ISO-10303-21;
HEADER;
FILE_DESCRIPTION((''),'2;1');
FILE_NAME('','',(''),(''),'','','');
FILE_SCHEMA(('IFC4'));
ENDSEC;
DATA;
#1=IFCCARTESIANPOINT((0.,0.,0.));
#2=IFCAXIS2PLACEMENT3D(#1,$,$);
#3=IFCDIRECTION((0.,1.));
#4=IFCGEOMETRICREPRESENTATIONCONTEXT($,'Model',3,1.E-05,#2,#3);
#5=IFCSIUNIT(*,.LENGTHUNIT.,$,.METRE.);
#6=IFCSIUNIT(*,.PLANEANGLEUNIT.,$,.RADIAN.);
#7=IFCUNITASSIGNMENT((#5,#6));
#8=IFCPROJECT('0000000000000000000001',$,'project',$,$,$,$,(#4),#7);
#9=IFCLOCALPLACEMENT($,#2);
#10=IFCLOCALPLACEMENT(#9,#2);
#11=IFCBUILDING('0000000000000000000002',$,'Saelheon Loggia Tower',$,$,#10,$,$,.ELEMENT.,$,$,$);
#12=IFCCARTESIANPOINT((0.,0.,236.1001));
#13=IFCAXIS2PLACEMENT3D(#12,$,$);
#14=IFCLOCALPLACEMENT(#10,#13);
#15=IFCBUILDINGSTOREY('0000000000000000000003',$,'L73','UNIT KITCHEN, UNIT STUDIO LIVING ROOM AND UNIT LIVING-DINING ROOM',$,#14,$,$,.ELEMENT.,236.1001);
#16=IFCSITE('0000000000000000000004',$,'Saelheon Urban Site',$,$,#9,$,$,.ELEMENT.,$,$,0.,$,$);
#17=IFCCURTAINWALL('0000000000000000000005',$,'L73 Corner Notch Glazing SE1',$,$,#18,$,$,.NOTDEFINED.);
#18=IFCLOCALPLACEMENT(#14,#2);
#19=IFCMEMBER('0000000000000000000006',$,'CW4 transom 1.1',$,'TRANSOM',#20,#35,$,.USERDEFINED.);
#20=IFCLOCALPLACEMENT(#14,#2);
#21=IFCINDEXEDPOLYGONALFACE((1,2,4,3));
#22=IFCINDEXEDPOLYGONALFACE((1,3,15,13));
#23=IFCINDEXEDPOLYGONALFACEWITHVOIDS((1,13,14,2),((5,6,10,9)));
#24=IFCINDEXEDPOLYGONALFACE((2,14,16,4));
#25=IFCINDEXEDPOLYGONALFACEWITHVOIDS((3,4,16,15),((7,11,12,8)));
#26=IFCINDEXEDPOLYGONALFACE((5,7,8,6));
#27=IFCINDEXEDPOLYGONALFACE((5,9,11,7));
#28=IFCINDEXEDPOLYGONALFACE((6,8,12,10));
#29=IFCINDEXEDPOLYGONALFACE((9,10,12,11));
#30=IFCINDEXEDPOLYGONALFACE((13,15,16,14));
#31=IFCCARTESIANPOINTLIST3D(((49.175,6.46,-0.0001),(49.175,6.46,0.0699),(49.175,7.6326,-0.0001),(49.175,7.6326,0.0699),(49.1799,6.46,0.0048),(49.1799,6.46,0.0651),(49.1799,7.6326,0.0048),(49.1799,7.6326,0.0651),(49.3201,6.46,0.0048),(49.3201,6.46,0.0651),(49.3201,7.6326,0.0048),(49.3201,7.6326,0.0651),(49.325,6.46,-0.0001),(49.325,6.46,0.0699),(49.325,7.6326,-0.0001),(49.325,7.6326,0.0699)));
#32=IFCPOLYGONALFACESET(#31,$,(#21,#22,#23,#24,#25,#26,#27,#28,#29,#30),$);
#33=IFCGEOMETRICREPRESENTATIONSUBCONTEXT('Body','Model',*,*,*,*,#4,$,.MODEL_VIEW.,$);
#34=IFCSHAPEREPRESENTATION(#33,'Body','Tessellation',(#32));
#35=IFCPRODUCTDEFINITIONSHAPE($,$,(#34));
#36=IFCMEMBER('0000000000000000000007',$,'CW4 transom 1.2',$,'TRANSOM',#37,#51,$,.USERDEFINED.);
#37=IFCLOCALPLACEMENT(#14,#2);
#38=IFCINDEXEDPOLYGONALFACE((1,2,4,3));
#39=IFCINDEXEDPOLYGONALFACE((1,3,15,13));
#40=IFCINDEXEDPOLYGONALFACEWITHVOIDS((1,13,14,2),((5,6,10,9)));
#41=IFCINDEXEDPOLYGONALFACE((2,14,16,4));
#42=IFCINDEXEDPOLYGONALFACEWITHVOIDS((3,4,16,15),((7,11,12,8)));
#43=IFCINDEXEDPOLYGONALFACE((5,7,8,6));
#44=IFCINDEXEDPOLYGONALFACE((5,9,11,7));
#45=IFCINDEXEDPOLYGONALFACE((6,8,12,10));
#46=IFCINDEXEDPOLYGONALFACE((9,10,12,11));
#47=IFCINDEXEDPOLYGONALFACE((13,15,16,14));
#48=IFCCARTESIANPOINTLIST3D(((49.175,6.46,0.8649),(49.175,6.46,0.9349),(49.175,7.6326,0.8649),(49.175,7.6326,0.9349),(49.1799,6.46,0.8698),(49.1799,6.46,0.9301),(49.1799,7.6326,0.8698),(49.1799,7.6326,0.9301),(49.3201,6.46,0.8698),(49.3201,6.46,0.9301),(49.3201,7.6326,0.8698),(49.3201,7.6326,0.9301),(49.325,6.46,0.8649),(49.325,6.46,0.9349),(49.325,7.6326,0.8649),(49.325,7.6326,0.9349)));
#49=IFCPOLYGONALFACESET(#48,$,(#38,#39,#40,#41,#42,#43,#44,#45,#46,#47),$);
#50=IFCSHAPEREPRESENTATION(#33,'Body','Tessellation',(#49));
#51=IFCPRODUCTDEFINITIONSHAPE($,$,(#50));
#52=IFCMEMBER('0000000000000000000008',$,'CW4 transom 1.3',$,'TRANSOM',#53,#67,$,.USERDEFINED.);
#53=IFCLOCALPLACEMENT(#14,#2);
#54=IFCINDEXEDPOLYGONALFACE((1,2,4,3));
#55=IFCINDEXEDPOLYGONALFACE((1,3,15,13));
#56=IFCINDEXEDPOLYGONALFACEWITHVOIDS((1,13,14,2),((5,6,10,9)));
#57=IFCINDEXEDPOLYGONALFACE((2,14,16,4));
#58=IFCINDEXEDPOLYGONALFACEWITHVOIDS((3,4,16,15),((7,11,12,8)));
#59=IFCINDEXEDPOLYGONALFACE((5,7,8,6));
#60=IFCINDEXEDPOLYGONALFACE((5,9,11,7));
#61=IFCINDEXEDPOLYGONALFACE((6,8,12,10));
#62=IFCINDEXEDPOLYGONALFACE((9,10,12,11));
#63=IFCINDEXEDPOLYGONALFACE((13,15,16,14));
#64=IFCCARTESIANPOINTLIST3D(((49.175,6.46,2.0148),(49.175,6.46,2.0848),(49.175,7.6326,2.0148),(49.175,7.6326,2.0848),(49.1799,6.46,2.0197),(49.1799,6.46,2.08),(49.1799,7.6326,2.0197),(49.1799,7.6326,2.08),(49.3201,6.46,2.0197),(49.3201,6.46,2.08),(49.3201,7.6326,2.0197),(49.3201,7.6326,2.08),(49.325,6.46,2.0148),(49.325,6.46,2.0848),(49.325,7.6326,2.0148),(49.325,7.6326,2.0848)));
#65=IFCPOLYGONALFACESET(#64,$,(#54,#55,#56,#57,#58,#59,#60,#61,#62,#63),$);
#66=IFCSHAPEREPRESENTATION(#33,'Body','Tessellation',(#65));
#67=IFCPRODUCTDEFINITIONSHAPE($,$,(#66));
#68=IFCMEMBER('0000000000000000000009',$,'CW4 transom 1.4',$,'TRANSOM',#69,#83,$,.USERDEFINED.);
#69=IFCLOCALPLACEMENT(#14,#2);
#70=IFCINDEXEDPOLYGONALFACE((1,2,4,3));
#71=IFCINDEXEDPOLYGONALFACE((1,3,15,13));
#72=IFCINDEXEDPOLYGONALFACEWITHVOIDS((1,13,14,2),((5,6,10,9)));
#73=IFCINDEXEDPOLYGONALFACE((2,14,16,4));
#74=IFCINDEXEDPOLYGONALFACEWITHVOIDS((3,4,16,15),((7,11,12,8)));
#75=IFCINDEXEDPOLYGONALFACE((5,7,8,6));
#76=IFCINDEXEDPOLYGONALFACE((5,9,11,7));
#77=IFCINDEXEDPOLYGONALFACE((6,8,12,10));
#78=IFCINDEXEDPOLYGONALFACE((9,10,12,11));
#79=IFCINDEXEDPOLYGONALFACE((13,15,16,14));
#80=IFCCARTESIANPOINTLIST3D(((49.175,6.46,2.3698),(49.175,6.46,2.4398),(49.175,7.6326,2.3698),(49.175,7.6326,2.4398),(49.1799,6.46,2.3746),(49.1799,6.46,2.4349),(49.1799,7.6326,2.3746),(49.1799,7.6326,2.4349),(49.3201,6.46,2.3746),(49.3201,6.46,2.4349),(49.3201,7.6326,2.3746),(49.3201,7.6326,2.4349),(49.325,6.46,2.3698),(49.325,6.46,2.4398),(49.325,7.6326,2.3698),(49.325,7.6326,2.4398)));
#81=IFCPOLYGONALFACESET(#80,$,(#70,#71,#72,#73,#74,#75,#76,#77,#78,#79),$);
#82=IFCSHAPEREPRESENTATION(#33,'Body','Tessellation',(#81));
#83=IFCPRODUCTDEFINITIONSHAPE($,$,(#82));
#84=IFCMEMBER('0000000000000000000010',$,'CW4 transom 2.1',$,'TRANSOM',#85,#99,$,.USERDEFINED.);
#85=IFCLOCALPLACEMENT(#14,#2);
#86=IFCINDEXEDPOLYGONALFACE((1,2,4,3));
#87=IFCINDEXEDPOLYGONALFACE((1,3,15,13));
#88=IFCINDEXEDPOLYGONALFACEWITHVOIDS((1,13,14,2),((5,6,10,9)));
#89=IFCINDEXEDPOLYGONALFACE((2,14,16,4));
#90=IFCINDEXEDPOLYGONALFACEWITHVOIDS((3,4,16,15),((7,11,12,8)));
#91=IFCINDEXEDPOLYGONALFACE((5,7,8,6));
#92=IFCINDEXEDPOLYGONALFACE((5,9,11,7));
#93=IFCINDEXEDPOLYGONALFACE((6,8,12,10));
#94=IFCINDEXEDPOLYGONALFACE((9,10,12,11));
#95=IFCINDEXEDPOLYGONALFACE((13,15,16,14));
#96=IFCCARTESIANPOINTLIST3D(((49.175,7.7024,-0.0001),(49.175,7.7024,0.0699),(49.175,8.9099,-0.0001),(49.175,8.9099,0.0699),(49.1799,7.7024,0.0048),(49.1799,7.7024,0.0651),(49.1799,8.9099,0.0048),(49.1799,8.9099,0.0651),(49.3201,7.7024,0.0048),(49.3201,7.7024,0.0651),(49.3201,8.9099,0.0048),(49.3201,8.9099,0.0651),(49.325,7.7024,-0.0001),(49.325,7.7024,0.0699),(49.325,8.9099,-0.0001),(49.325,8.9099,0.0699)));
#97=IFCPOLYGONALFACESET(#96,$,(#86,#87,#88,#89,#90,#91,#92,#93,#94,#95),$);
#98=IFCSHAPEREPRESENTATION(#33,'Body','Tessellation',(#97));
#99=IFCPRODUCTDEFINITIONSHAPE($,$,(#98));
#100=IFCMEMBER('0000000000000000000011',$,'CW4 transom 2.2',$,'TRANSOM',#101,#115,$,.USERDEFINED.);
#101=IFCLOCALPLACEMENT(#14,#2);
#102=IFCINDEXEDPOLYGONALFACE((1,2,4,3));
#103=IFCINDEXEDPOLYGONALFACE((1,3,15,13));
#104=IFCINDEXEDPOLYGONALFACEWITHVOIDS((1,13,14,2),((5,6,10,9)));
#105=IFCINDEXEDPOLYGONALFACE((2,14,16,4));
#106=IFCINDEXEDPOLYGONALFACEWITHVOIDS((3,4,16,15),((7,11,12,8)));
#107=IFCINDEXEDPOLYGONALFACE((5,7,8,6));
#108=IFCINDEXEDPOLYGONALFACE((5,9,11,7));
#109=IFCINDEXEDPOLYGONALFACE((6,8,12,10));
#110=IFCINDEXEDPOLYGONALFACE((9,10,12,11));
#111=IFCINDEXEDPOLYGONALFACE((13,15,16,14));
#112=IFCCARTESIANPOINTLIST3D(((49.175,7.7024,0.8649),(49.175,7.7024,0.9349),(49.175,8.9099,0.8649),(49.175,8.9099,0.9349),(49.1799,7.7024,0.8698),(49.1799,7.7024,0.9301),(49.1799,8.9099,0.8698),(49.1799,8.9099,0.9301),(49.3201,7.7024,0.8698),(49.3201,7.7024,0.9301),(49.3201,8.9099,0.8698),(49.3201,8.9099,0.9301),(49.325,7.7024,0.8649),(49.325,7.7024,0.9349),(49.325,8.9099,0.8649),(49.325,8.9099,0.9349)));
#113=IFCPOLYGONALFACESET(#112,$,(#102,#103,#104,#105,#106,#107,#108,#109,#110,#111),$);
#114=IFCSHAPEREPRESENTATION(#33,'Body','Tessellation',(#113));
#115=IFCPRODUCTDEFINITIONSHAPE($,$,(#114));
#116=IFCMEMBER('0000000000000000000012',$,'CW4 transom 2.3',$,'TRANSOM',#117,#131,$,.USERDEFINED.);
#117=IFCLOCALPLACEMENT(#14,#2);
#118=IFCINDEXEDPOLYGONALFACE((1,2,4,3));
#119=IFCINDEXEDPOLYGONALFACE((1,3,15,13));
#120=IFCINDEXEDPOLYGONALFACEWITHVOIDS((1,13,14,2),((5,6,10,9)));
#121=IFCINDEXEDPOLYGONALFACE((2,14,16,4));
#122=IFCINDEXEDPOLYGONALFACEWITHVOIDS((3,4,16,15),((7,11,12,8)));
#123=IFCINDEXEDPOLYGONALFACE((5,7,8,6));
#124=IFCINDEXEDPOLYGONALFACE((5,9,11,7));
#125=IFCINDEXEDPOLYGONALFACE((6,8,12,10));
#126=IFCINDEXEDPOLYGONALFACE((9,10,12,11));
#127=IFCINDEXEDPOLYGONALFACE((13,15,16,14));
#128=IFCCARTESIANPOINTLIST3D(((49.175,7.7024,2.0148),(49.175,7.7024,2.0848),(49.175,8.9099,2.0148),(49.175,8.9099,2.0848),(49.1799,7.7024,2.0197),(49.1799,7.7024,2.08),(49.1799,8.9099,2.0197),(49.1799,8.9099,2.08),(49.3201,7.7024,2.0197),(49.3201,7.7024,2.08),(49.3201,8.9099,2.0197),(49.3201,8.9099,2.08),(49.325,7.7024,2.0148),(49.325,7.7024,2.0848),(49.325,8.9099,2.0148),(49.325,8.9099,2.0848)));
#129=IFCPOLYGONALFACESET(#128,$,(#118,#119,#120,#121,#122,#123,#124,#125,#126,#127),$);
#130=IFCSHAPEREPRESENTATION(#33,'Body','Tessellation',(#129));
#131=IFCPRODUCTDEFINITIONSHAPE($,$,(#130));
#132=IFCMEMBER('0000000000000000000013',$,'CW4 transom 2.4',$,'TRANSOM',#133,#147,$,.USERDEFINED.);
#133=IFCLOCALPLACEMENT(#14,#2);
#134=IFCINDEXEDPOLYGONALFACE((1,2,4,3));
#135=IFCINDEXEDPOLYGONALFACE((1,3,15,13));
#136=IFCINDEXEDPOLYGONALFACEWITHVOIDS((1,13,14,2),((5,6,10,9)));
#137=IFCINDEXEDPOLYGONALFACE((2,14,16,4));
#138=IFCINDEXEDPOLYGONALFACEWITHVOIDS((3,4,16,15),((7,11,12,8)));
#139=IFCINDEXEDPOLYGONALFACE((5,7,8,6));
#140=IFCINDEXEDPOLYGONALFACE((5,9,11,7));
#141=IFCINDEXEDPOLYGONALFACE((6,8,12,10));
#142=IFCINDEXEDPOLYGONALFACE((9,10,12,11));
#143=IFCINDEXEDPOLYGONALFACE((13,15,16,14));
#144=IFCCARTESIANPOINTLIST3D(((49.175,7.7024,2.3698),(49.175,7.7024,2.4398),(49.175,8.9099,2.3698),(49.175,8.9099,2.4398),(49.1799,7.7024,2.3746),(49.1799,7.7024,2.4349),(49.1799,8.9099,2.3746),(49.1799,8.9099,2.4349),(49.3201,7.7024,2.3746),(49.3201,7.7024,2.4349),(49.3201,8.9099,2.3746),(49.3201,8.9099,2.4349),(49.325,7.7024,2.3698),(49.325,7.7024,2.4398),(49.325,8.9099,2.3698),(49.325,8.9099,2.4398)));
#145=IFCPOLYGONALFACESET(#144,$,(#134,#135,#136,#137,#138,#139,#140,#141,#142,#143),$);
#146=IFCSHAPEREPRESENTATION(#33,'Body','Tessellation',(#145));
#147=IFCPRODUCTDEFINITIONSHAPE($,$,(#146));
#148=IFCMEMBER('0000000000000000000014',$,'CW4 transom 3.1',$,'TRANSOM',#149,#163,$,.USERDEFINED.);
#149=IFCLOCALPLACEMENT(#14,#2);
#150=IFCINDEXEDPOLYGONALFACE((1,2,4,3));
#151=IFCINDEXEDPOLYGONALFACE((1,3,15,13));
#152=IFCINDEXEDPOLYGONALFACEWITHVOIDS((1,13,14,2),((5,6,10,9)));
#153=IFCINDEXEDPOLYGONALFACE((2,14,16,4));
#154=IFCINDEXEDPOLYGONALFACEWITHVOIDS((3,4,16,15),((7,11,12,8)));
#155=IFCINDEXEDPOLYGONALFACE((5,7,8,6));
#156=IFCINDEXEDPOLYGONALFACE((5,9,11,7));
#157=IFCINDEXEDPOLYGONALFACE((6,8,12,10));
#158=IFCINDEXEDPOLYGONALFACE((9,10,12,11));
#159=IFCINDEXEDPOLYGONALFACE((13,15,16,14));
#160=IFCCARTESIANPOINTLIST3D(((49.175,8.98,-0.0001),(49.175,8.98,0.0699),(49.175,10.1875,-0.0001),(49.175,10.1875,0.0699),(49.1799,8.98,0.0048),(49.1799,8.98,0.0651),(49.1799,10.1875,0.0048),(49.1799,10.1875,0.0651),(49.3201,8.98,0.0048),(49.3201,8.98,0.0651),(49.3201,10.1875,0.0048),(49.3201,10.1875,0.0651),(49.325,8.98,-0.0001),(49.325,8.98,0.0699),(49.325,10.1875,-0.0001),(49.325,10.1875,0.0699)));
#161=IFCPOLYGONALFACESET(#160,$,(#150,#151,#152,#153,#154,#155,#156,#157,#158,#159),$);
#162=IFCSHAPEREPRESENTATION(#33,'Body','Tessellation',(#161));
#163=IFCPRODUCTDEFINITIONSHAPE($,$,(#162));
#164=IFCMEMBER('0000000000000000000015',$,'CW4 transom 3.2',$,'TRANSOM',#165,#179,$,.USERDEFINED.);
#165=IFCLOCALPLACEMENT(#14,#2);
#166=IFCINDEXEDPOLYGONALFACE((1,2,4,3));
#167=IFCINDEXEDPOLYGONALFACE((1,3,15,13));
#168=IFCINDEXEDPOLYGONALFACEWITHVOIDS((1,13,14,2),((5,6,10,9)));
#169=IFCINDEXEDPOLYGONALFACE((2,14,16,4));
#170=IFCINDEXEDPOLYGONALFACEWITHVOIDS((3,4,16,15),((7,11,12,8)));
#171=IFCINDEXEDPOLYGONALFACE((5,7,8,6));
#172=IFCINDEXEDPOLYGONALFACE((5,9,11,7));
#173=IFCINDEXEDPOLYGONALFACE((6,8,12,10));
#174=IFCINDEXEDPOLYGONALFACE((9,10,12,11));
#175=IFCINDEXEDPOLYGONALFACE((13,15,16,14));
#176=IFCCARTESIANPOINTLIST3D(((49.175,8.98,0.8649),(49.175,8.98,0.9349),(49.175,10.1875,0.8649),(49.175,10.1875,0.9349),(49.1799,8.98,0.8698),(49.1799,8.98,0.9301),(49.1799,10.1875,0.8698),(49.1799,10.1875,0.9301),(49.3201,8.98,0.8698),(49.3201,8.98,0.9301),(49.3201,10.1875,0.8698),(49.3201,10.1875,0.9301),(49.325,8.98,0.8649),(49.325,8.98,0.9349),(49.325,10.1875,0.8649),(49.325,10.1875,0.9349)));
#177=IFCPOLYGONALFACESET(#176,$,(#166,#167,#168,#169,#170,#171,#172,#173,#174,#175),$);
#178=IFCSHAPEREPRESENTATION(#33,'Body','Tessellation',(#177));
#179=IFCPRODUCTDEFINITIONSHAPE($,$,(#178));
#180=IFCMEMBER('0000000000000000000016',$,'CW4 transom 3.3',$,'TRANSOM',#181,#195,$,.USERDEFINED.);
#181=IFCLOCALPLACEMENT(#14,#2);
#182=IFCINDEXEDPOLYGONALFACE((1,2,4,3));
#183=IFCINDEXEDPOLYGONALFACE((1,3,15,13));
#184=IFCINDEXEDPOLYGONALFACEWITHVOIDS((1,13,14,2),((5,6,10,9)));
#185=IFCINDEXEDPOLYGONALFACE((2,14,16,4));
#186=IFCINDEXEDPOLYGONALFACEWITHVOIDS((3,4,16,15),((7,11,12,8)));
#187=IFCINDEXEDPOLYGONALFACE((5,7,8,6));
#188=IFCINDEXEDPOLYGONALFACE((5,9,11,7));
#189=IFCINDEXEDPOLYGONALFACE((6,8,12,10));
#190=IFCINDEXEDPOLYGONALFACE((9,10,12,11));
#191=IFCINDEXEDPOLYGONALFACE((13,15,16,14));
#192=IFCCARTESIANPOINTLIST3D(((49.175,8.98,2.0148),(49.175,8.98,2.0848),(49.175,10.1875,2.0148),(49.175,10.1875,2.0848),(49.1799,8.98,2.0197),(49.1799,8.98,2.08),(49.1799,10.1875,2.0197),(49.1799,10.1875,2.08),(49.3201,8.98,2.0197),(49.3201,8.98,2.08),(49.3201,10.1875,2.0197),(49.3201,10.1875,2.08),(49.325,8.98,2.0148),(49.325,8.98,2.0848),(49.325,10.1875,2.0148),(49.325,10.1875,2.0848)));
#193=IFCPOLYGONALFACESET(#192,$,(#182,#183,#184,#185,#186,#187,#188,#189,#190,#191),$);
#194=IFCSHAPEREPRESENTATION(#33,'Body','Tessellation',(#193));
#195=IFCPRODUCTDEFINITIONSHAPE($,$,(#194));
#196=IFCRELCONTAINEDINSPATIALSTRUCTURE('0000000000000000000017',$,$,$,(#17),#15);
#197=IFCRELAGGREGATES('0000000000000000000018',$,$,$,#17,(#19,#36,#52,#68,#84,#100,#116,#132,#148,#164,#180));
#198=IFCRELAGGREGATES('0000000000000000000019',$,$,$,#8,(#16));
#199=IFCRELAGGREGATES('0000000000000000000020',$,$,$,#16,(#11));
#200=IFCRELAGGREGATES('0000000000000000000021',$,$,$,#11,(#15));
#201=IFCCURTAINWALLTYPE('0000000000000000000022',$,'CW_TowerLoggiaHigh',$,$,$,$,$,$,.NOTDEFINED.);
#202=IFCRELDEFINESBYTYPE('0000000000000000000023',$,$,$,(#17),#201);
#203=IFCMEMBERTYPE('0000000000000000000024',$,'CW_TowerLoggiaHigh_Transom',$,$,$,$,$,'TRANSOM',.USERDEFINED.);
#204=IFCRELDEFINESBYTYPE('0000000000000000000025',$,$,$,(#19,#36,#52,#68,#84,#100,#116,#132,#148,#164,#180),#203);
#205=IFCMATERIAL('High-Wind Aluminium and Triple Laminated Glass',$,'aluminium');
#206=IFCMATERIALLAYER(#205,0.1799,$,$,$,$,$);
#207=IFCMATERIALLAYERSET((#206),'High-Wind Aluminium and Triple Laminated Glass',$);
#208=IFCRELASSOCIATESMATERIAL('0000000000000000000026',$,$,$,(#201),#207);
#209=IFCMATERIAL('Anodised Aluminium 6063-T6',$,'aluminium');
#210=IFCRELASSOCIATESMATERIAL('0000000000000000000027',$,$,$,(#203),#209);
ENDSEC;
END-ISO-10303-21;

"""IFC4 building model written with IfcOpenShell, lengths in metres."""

from ifc_helpers import new_model, si_unit, direction, frame, origin, origin_2d, place, context, subcontext, project, spatial, hollow_rectangle, extrude, source, transform, mapped, material, layer, layer_set, material_profile, profile_set, type_object, element, aggregate, save


model = new_model("IFC4")

# Units and contexts
model_context = context("Model", 3, precision=1e-05, world=origin(), true_north=direction((0.0, 1.0)))
body_context = subcontext(model_context, "Body", "Model", "MODEL_VIEW")
ifc_project = project(units=[si_unit("LENGTHUNIT", "METRE"), si_unit("PLANEANGLEUNIT", "RADIAN")], contexts=[model_context])

# Site, building, storey
site_placement = place(None, origin())
site = spatial("IfcSite", under=ifc_project, at=site_placement, Name="Saelheon Urban Site", CompositionType="ELEMENT", RefElevation=0.0)
building_placement = place(site_placement, origin())
building = spatial("IfcBuilding", under=site, at=building_placement, Name="Saelheon Loggia Tower", CompositionType="ELEMENT")
storey_placement = place(building_placement, frame((0.0, 0.0, 236.1001)))
storey = spatial("IfcBuildingStorey", under=building, at=storey_placement, Name="L73", Description="UNIT KITCHEN, UNIT STUDIO LIVING ROOM AND UNIT LIVING-DINING ROOM", CompositionType="ELEMENT", Elevation=236.1001)

# Curtain wall, members
ifc_material_1 = material(Name="High-Wind Aluminium and Triple Laminated Glass", Category="aluminium")
ifc_layer_1 = layer(ifc_material_1, 0.1799)
ifc_layer_set_1 = layer_set([ifc_layer_1], Name="High-Wind Aluminium and Triple Laminated Glass")
curtain_wall_type = type_object("IfcCurtainWallType", Name="CW_TowerLoggiaHigh", PredefinedType="NOTDEFINED", material=ifc_layer_set_1)
curtain_wall_placement = place(storey_placement, origin())
curtain_wall = element("IfcCurtainWall", 1, at=curtain_wall_placement, inside=storey, type_object=curtain_wall_type, Name="L73 Corner Notch Glazing SE1", PredefinedType="NOTDEFINED")
ifc_material_2 = material(Name="Anodised Aluminium 6063-T6", Category="aluminium")
ifc_material_profile_1 = material_profile(ifc_material_2, hollow_rectangle(XDim=0.0701, YDim=0.1499, WallThickness=0.0049, at=origin_2d()), Name="RHS-150x70x5")
ifc_profile_set_1 = profile_set([ifc_material_profile_1], Name="Anodised Aluminium 6063-T6")
member_type_1 = type_object("IfcMemberType", Name="CW_TowerLoggiaHigh_Transom", ElementType="TRANSOM", PredefinedType="USERDEFINED", material=ifc_profile_set_1)
shared_shape_1 = source(origin(), body_context, "Body", "SweptSolid", [
    extrude(hollow_rectangle(XDim=0.0701, YDim=0.1499, WallThickness=0.0049, at=origin_2d()), origin(), (0.0, 0.0, 1.0), 1.1726),
])
member_1_placement = place(storey_placement, frame((49.25, 6.46, 0.0349), z_axis=(0.0, 1.0, 0.0), x_axis=(0.0, 0.0, 1.0)))
member_1 = element("IfcMember", 2, at=member_1_placement, type_object=member_type_1, Name="CW4 transom 1.1", ObjectType="TRANSOM", PredefinedType="USERDEFINED", context=body_context, shape_type="MappedRepresentation", body=[
    mapped(shared_shape_1, transform((0.0, 0.0, 0.0), scale=1.0)),
])
member_2_placement = place(storey_placement, frame((49.25, 6.46, 0.8999), z_axis=(0.0, 1.0, 0.0), x_axis=(0.0, 0.0, 1.0)))
member_2 = element("IfcMember", 3, at=member_2_placement, type_object=member_type_1, Name="CW4 transom 1.2", ObjectType="TRANSOM", PredefinedType="USERDEFINED", context=body_context, shape_type="MappedRepresentation", body=[
    mapped(shared_shape_1, transform((0.0, 0.0, 0.0), scale=1.0)),
])
member_3_placement = place(storey_placement, frame((49.25, 6.46, 2.0498), z_axis=(0.0, 1.0, 0.0), x_axis=(0.0, 0.0, 1.0)))
member_3 = element("IfcMember", 4, at=member_3_placement, type_object=member_type_1, Name="CW4 transom 1.3", ObjectType="TRANSOM", PredefinedType="USERDEFINED", context=body_context, shape_type="MappedRepresentation", body=[
    mapped(shared_shape_1, transform((0.0, 0.0, 0.0), scale=1.0)),
])
member_4_placement = place(storey_placement, frame((49.25, 6.46, 2.4048), z_axis=(0.0, 1.0, 0.0), x_axis=(0.0, 0.0, 1.0)))
member_4 = element("IfcMember", 5, at=member_4_placement, type_object=member_type_1, Name="CW4 transom 1.4", ObjectType="TRANSOM", PredefinedType="USERDEFINED", context=body_context, shape_type="MappedRepresentation", body=[
    mapped(shared_shape_1, transform((0.0, 0.0, 0.0), scale=1.0)),
])
shared_shape_2 = source(origin(), body_context, "Body", "SweptSolid", [
    extrude(hollow_rectangle(XDim=0.0701, YDim=0.1499, WallThickness=0.0049, at=origin_2d()), origin(), (0.0, 0.0, 1.0), 1.2075),
])
member_5_placement = place(storey_placement, frame((49.25, 7.7024, 0.0349), z_axis=(0.0, 1.0, 0.0), x_axis=(0.0, 0.0, 1.0)))
member_5 = element("IfcMember", 6, at=member_5_placement, type_object=member_type_1, Name="CW4 transom 2.1", ObjectType="TRANSOM", PredefinedType="USERDEFINED", context=body_context, shape_type="MappedRepresentation", body=[
    mapped(shared_shape_2, transform((0.0, 0.0, 0.0), scale=1.0)),
])
member_6_placement = place(storey_placement, frame((49.25, 7.7024, 0.8999), z_axis=(0.0, 1.0, 0.0), x_axis=(0.0, 0.0, 1.0)))
member_6 = element("IfcMember", 7, at=member_6_placement, type_object=member_type_1, Name="CW4 transom 2.2", ObjectType="TRANSOM", PredefinedType="USERDEFINED", context=body_context, shape_type="MappedRepresentation", body=[
    mapped(shared_shape_2, transform((0.0, 0.0, 0.0), scale=1.0)),
])
member_7_placement = place(storey_placement, frame((49.25, 7.7024, 2.0498), z_axis=(0.0, 1.0, 0.0), x_axis=(0.0, 0.0, 1.0)))
member_7 = element("IfcMember", 8, at=member_7_placement, type_object=member_type_1, Name="CW4 transom 2.3", ObjectType="TRANSOM", PredefinedType="USERDEFINED", context=body_context, shape_type="MappedRepresentation", body=[
    mapped(shared_shape_2, transform((0.0, 0.0, 0.0), scale=1.0)),
])
member_8_placement = place(storey_placement, frame((49.25, 7.7024, 2.4048), z_axis=(0.0, 1.0, 0.0), x_axis=(0.0, 0.0, 1.0)))
member_8 = element("IfcMember", 9, at=member_8_placement, type_object=member_type_1, Name="CW4 transom 2.4", ObjectType="TRANSOM", PredefinedType="USERDEFINED", context=body_context, shape_type="MappedRepresentation", body=[
    mapped(shared_shape_2, transform((0.0, 0.0, 0.0), scale=1.0)),
])
member_9_placement = place(storey_placement, frame((49.25, 8.98, 0.0349), z_axis=(0.0, 1.0, 0.0), x_axis=(0.0, 0.0, 1.0)))
member_9 = element("IfcMember", 10, at=member_9_placement, type_object=member_type_1, Name="CW4 transom 3.1", ObjectType="TRANSOM", PredefinedType="USERDEFINED", context=body_context, shape_type="MappedRepresentation", body=[
    mapped(shared_shape_2, transform((0.0, 0.0, 0.0), scale=1.0)),
])
member_10_placement = place(storey_placement, frame((49.25, 8.98, 0.8999), z_axis=(0.0, 1.0, 0.0), x_axis=(0.0, 0.0, 1.0)))
member_10 = element("IfcMember", 11, at=member_10_placement, type_object=member_type_1, Name="CW4 transom 3.2", ObjectType="TRANSOM", PredefinedType="USERDEFINED", context=body_context, shape_type="MappedRepresentation", body=[
    mapped(shared_shape_2, transform((0.0, 0.0, 0.0), scale=1.0)),
])
member_11_placement = place(storey_placement, frame((49.25, 8.98, 2.0498), z_axis=(0.0, 1.0, 0.0), x_axis=(0.0, 0.0, 1.0)))
member_11 = element("IfcMember", 12, at=member_11_placement, type_object=member_type_1, Name="CW4 transom 3.3", ObjectType="TRANSOM", PredefinedType="USERDEFINED", context=body_context, shape_type="MappedRepresentation", body=[
    mapped(shared_shape_2, transform((0.0, 0.0, 0.0), scale=1.0)),
])
aggregate(curtain_wall, [member_1, member_2, member_3, member_4, member_5, member_6, member_7, member_8, member_9, member_10, member_11])

save(model, "model.ifc")
